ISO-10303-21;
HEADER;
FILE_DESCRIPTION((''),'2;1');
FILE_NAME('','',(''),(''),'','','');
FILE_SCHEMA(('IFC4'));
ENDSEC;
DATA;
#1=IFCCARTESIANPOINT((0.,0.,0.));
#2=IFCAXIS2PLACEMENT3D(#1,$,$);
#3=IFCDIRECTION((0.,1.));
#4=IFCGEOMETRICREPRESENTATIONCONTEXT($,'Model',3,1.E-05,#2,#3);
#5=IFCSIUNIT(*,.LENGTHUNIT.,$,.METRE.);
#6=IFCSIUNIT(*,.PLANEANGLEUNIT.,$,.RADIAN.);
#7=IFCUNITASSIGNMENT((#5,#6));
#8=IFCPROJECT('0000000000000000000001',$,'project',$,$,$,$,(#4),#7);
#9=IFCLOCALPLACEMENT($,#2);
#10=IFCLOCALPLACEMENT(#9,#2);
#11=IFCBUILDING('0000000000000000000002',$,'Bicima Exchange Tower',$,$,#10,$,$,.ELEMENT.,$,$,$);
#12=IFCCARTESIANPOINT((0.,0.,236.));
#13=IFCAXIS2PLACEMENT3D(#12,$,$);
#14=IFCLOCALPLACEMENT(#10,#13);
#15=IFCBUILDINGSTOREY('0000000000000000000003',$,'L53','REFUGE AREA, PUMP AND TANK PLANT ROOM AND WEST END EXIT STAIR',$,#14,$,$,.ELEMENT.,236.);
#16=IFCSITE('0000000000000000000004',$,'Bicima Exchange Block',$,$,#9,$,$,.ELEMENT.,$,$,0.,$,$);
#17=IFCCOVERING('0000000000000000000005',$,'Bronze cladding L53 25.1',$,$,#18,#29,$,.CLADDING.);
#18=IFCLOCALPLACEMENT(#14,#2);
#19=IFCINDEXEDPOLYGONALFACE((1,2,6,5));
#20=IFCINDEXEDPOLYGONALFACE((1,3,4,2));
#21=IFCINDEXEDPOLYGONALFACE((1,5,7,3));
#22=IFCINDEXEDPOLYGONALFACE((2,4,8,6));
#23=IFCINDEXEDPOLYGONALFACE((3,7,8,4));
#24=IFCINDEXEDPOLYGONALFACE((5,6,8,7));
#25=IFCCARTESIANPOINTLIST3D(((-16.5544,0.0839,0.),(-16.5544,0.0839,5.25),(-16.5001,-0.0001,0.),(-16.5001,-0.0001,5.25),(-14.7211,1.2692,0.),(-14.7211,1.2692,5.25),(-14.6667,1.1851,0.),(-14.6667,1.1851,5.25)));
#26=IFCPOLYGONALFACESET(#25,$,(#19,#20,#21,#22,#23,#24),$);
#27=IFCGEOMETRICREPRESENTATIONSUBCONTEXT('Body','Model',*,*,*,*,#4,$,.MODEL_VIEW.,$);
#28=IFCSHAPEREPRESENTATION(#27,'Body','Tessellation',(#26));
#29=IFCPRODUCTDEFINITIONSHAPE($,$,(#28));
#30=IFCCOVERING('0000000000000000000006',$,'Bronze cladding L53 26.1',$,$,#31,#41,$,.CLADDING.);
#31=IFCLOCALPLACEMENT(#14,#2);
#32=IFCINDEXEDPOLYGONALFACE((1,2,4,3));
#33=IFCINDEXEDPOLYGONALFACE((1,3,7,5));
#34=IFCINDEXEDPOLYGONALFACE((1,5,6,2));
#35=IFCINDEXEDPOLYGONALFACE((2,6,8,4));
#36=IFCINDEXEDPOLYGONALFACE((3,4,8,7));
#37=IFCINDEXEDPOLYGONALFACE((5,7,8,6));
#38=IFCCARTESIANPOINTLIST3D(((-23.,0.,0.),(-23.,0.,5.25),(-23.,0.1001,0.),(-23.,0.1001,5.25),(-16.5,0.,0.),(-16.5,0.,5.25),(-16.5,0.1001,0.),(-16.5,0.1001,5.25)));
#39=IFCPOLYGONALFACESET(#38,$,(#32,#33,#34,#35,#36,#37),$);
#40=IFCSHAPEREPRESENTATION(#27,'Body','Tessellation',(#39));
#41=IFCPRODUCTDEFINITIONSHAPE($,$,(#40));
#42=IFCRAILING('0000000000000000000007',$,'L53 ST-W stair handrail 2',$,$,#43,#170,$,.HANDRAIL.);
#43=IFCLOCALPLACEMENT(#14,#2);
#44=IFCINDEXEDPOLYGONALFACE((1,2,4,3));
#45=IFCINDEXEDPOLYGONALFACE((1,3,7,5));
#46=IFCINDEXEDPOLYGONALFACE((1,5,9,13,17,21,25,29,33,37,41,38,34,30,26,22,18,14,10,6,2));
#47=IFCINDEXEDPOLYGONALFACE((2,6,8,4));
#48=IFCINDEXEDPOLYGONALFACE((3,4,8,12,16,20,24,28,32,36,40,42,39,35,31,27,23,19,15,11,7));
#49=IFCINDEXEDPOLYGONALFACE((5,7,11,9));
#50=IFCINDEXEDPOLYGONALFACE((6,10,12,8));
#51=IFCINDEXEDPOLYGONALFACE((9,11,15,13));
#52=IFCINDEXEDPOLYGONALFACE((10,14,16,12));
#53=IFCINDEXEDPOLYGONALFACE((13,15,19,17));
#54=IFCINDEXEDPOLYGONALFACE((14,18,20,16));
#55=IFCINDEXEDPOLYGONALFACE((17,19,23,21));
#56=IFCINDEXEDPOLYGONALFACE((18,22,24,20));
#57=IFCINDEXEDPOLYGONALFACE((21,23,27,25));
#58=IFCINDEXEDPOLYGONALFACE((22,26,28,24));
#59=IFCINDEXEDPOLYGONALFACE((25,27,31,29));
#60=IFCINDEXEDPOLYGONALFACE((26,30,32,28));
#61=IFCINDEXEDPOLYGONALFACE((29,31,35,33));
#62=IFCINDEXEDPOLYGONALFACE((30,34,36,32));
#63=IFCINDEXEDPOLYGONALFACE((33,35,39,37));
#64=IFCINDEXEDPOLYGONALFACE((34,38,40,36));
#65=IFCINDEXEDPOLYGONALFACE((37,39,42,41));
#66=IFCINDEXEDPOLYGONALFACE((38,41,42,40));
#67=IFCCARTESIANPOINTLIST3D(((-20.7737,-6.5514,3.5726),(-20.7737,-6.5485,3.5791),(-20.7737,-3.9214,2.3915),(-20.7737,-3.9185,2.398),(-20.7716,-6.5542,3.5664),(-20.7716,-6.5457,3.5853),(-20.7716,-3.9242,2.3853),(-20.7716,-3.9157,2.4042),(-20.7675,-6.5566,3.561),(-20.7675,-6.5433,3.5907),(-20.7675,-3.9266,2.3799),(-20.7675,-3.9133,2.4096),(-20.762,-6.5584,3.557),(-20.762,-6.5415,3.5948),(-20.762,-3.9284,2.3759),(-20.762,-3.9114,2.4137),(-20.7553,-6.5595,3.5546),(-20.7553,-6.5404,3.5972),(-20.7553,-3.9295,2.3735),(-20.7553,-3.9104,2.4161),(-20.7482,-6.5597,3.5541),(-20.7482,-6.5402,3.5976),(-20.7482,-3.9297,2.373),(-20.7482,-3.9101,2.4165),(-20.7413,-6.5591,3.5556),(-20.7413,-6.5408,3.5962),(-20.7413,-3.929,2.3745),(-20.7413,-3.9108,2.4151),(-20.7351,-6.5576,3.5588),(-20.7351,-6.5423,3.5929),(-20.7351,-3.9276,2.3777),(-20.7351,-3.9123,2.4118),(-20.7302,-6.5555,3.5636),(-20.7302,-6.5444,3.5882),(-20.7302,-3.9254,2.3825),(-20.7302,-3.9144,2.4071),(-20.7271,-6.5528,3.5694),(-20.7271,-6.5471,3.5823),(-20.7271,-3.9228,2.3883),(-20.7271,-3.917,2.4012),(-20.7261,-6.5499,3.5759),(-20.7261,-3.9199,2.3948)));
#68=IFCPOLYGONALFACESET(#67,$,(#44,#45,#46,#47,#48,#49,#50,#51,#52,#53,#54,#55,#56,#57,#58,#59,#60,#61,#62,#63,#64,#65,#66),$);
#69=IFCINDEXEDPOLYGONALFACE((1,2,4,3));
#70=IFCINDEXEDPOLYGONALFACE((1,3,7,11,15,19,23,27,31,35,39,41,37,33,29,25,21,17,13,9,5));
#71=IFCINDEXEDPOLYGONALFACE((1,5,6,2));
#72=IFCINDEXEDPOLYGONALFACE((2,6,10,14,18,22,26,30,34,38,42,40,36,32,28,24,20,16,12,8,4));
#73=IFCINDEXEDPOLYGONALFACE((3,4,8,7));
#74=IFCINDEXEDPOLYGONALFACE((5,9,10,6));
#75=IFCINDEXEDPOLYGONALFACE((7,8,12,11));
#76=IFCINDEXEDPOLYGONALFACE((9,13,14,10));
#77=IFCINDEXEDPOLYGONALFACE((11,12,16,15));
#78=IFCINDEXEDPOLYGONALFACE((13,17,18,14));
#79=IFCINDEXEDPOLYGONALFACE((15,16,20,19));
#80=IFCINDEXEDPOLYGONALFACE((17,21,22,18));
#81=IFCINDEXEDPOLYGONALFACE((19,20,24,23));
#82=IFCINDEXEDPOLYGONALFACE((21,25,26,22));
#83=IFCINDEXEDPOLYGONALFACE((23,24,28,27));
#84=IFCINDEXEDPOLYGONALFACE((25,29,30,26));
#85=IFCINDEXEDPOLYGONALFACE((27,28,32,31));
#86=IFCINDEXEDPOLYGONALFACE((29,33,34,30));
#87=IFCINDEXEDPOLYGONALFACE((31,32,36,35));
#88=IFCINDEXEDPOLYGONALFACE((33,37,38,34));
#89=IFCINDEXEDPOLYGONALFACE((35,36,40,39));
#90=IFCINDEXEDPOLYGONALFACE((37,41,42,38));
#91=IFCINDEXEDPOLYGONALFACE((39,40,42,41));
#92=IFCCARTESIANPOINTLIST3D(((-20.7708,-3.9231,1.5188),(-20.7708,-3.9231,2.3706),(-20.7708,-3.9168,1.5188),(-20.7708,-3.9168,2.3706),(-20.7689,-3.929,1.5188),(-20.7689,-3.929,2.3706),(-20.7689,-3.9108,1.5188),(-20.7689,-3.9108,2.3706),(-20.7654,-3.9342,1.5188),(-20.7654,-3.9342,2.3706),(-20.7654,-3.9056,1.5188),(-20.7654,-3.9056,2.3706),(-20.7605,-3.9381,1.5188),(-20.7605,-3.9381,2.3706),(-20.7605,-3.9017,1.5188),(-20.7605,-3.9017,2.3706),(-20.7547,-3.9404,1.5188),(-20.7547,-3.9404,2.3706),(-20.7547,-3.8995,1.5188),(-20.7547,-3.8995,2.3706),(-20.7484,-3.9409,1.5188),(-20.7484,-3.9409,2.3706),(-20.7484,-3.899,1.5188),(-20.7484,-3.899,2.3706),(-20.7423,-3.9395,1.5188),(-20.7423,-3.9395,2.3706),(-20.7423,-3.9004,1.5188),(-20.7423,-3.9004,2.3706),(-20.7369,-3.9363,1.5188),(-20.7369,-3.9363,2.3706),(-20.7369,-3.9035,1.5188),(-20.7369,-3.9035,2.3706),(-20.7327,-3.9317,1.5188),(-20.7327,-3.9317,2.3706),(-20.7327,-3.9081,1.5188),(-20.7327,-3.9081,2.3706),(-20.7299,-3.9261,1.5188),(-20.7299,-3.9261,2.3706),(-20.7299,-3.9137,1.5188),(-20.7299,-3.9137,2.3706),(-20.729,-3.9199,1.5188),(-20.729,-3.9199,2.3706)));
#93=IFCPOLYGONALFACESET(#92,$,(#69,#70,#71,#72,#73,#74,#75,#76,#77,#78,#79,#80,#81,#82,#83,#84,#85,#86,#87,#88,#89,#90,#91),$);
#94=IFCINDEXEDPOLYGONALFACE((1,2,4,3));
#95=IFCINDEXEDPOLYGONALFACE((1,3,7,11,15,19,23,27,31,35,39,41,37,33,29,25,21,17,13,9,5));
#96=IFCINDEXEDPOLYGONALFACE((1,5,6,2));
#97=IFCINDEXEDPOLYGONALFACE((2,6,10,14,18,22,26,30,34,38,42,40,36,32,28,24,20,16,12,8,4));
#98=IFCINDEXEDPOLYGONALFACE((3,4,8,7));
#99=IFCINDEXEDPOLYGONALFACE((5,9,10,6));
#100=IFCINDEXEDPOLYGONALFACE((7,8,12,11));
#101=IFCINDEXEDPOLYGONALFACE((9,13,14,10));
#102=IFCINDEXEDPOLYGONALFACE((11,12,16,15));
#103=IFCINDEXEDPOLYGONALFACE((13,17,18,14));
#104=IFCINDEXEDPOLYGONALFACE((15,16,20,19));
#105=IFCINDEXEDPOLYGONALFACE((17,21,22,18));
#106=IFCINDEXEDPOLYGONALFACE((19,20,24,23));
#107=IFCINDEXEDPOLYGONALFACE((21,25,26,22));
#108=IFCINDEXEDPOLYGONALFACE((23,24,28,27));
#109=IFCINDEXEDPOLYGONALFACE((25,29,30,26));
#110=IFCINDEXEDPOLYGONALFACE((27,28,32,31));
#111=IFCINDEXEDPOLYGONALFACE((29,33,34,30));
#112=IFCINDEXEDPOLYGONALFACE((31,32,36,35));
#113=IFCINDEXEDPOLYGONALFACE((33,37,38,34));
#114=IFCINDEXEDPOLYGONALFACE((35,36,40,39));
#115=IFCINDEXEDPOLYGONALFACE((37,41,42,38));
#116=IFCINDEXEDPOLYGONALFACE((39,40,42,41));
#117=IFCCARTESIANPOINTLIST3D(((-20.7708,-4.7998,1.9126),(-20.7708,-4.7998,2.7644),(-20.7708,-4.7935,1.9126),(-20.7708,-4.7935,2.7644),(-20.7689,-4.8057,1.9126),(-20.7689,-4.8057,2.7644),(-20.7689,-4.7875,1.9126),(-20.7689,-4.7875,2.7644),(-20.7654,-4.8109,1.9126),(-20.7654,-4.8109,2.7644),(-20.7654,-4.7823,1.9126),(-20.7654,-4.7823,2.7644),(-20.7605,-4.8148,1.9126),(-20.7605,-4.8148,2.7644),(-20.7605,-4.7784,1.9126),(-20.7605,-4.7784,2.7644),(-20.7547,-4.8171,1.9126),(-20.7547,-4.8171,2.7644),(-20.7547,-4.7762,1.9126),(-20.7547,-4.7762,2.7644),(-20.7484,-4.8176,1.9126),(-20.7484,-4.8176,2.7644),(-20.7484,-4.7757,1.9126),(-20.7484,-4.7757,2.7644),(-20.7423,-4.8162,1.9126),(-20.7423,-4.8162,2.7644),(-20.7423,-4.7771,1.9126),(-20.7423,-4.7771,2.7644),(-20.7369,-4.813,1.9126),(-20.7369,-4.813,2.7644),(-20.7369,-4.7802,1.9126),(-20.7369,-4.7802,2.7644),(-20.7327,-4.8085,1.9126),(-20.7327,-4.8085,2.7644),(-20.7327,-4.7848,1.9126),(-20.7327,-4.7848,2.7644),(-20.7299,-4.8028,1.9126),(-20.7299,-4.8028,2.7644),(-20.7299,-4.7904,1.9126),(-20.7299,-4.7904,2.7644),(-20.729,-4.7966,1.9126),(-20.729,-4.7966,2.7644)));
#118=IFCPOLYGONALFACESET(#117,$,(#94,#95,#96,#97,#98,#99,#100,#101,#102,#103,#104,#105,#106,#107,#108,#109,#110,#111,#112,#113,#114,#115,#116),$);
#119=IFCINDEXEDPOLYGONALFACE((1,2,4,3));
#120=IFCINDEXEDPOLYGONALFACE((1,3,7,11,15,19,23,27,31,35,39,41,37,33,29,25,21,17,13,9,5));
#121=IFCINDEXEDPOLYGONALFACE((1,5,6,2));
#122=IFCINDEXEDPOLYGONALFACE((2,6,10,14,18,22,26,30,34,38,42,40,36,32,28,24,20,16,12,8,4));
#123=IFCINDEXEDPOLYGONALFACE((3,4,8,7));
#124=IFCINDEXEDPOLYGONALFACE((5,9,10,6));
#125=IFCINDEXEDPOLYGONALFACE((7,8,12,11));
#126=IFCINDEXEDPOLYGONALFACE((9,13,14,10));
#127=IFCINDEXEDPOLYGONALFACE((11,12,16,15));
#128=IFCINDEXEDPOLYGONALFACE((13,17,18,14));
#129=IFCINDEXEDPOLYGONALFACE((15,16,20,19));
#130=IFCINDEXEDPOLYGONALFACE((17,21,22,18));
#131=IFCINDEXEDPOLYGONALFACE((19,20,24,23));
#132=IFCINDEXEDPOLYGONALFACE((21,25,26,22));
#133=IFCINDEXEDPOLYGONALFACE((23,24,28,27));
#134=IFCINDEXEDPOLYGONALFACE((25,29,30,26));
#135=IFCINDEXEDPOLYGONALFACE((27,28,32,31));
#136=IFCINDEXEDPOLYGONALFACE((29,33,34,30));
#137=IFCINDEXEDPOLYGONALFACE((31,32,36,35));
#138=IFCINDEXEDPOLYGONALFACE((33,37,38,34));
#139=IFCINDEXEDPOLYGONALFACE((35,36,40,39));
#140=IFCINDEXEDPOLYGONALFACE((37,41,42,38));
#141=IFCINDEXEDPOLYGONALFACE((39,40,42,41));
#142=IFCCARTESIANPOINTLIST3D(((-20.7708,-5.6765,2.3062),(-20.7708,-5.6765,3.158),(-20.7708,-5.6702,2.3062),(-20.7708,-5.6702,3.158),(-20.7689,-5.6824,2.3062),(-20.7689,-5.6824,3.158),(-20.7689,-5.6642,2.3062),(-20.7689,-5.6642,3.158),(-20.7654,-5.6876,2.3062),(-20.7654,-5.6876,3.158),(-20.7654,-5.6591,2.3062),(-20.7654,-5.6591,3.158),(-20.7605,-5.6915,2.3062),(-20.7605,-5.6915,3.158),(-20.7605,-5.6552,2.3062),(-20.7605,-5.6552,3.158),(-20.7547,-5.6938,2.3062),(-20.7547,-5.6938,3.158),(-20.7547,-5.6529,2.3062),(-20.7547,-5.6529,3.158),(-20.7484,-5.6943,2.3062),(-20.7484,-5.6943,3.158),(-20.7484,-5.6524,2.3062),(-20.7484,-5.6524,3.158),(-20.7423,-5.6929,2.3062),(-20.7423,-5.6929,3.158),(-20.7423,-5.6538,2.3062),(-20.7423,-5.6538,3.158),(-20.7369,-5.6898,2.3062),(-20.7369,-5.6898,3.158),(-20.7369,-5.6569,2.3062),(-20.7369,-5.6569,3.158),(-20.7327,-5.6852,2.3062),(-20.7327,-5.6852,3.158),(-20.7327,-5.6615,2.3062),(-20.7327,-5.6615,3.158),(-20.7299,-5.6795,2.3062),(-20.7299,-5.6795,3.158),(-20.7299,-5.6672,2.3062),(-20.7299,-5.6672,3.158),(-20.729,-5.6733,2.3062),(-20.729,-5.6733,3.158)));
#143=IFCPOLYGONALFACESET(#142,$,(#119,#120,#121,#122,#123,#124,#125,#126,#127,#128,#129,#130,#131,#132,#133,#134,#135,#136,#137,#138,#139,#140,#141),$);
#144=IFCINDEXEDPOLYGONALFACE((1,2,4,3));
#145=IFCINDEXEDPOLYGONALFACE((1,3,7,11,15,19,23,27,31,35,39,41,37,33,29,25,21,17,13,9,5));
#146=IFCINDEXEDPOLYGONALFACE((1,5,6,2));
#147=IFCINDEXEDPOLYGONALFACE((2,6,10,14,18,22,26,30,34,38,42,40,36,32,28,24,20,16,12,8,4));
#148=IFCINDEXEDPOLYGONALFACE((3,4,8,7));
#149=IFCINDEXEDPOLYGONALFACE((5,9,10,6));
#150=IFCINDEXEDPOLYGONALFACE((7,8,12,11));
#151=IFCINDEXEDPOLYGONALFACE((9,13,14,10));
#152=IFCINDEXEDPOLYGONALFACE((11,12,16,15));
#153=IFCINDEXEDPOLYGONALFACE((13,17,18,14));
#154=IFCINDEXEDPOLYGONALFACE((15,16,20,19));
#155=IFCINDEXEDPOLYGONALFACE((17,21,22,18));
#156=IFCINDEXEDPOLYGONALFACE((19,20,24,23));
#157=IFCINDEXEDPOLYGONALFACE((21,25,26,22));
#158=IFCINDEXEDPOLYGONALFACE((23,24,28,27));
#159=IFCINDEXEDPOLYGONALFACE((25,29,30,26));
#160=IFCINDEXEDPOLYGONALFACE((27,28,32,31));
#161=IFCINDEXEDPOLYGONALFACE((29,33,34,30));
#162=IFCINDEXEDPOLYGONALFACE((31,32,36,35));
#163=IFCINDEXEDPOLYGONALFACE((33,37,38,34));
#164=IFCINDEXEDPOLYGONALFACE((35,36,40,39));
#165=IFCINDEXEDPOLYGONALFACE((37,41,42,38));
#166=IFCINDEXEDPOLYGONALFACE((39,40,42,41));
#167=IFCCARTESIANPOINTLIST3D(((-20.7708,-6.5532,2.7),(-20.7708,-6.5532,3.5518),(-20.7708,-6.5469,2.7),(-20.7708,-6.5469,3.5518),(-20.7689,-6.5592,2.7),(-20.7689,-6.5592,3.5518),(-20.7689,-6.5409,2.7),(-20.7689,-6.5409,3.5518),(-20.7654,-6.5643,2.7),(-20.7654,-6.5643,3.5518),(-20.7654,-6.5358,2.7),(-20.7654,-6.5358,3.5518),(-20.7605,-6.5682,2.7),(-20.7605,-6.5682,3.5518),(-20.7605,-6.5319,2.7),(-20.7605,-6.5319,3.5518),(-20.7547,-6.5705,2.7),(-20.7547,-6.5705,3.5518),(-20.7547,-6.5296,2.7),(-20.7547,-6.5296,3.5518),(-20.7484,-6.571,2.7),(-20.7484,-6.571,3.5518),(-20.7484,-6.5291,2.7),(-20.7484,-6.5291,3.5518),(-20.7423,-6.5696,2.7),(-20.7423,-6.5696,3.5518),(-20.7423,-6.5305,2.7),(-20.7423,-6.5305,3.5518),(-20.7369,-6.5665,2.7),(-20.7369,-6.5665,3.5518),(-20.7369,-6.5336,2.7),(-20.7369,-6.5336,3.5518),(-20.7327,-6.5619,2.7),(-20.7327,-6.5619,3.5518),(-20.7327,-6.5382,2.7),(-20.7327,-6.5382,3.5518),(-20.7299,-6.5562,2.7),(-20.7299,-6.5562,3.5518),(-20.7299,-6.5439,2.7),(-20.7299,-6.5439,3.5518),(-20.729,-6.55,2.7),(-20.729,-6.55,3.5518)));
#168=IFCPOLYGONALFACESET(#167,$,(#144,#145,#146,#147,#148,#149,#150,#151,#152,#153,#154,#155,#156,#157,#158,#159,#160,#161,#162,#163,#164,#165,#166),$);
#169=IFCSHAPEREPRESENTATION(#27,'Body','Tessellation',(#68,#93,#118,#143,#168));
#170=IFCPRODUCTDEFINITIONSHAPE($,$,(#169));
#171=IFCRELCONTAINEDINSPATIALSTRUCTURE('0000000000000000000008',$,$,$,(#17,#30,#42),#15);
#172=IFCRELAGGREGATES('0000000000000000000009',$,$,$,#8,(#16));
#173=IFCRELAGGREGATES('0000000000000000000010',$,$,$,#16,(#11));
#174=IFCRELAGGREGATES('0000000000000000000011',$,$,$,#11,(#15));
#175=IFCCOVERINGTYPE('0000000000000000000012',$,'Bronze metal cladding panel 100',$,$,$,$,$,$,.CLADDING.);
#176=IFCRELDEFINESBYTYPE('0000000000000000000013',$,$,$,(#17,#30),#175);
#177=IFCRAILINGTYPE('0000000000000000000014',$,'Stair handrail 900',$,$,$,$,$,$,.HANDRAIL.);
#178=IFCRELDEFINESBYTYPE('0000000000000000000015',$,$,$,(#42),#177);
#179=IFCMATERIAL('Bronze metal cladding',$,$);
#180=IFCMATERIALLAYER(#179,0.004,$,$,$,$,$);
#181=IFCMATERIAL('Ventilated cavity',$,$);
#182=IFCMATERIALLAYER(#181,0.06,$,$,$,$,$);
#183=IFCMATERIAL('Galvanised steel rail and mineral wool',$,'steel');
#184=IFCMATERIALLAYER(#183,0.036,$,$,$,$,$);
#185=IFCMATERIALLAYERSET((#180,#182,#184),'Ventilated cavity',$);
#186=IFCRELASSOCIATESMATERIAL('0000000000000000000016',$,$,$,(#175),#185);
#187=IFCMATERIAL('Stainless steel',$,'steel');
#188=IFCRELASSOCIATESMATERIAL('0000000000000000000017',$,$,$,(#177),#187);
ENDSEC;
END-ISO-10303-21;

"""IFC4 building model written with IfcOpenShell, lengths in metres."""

from ifc_helpers import new_model, si_unit, direction, frame, origin, origin_2d, place, context, subcontext, project, spatial, rectangle, circle, extrude, material, layer, layer_set, type_object, element, save


model = new_model("IFC4")

# Units and contexts
model_context = context("Model", 3, precision=1e-05, world=origin(), true_north=direction((0.0, 1.0)))
body_context = subcontext(model_context, "Body", "Model", "MODEL_VIEW")
ifc_project = project(units=[si_unit("LENGTHUNIT", "METRE"), si_unit("PLANEANGLEUNIT", "RADIAN")], contexts=[model_context])

# Site, building, storey
site_placement = place(None, origin())
site = spatial("IfcSite", under=ifc_project, at=site_placement, Name="Bicima Exchange Block", CompositionType="ELEMENT", RefElevation=0.0)
building_placement = place(site_placement, origin())
building = spatial("IfcBuilding", under=site, at=building_placement, Name="Bicima Exchange Tower", CompositionType="ELEMENT")
storey_placement = place(building_placement, frame((0.0, 0.0, 236.0)))
storey = spatial("IfcBuildingStorey", under=building, at=storey_placement, Name="L53", Description="REFUGE AREA, PUMP AND TANK PLANT ROOM AND WEST END EXIT STAIR", CompositionType="ELEMENT", Elevation=236.0)

# Coverings
ifc_material_1 = material(Name="Bronze metal cladding")
ifc_layer_1 = layer(ifc_material_1, 0.004)
ifc_material_2 = material(Name="Ventilated cavity")
ifc_layer_2 = layer(ifc_material_2, 0.06)
ifc_material_3 = material(Name="Galvanised steel rail and mineral wool", Category="steel")
ifc_layer_3 = layer(ifc_material_3, 0.036)
ifc_layer_set_1 = layer_set([ifc_layer_1, ifc_layer_2, ifc_layer_3], Name="Ventilated cavity")
covering_type = type_object("IfcCoveringType", Name="Bronze metal cladding panel 100", PredefinedType="CLADDING", material=ifc_layer_set_1)
covering_1_placement = place(storey_placement, frame((-15.6106, 0.6345, 0.0), z_axis=(0.0, 0.0, 1.0), x_axis=(-0.83979, -0.542911, 0.0)))
element("IfcCovering", 1, at=covering_1_placement, inside=storey, type_object=covering_type, Name="Bronze cladding L53 25.1", PredefinedType="CLADDING", context=body_context, shape_type="SweptSolid", body=[
    extrude(rectangle(XDim=2.1831, YDim=0.1001, at=origin_2d()), origin(), (0.0, 0.0, 1.0), 5.25),
])
covering_2_placement = place(storey_placement, frame((-19.75, 0.05, 0.0), z_axis=(0.0, 0.0, 1.0), x_axis=(-1.0, 0.0, 0.0)))
element("IfcCovering", 2, at=covering_2_placement, inside=storey, type_object=covering_type, Name="Bronze cladding L53 26.1", PredefinedType="CLADDING", context=body_context, shape_type="SweptSolid", body=[
    extrude(rectangle(XDim=6.5, YDim=0.1001, at=origin_2d()), origin(), (0.0, 0.0, 1.0), 5.25),
])

# Railing
ifc_material_4 = material(Name="Stainless steel", Category="steel")
railing_type = type_object("IfcRailingType", Name="Stair handrail 900", PredefinedType="HANDRAIL", material=ifc_material_4)
railing_1_placement = place(storey_placement, frame((-20.75, -3.9199, 1.5188)))
element("IfcRailing", 3, at=railing_1_placement, inside=storey, type_object=railing_type, Name="L53 ST-W stair handrail 2", PredefinedType="HANDRAIL", context=body_context, shape_type="SweptSolid", body=[
    extrude(circle(Radius=0.0239, at=origin_2d()), frame((0.0, 0.0, 0.876), z_axis=(0.0, -0.912233, 0.409671), x_axis=(1.0, 0.0, 0.0)), (0.0, 0.0, 1.0), 2.8831),
    extrude(circle(Radius=0.021, at=origin_2d()), origin(), (0.0, 0.0, 1.0), 0.8518),
    extrude(circle(Radius=0.021, at=origin_2d()), frame((0.0, -0.8767, 0.3938)), (0.0, 0.0, 1.0), 0.8518),
    extrude(circle(Radius=0.021, at=origin_2d()), frame((0.0, -1.7534, 0.7874)), (0.0, 0.0, 1.0), 0.8518),
    extrude(circle(Radius=0.021, at=origin_2d()), frame((0.0, -2.6301, 1.1812)), (0.0, 0.0, 1.0), 0.8518),
])

save(model, "model.ifc")
